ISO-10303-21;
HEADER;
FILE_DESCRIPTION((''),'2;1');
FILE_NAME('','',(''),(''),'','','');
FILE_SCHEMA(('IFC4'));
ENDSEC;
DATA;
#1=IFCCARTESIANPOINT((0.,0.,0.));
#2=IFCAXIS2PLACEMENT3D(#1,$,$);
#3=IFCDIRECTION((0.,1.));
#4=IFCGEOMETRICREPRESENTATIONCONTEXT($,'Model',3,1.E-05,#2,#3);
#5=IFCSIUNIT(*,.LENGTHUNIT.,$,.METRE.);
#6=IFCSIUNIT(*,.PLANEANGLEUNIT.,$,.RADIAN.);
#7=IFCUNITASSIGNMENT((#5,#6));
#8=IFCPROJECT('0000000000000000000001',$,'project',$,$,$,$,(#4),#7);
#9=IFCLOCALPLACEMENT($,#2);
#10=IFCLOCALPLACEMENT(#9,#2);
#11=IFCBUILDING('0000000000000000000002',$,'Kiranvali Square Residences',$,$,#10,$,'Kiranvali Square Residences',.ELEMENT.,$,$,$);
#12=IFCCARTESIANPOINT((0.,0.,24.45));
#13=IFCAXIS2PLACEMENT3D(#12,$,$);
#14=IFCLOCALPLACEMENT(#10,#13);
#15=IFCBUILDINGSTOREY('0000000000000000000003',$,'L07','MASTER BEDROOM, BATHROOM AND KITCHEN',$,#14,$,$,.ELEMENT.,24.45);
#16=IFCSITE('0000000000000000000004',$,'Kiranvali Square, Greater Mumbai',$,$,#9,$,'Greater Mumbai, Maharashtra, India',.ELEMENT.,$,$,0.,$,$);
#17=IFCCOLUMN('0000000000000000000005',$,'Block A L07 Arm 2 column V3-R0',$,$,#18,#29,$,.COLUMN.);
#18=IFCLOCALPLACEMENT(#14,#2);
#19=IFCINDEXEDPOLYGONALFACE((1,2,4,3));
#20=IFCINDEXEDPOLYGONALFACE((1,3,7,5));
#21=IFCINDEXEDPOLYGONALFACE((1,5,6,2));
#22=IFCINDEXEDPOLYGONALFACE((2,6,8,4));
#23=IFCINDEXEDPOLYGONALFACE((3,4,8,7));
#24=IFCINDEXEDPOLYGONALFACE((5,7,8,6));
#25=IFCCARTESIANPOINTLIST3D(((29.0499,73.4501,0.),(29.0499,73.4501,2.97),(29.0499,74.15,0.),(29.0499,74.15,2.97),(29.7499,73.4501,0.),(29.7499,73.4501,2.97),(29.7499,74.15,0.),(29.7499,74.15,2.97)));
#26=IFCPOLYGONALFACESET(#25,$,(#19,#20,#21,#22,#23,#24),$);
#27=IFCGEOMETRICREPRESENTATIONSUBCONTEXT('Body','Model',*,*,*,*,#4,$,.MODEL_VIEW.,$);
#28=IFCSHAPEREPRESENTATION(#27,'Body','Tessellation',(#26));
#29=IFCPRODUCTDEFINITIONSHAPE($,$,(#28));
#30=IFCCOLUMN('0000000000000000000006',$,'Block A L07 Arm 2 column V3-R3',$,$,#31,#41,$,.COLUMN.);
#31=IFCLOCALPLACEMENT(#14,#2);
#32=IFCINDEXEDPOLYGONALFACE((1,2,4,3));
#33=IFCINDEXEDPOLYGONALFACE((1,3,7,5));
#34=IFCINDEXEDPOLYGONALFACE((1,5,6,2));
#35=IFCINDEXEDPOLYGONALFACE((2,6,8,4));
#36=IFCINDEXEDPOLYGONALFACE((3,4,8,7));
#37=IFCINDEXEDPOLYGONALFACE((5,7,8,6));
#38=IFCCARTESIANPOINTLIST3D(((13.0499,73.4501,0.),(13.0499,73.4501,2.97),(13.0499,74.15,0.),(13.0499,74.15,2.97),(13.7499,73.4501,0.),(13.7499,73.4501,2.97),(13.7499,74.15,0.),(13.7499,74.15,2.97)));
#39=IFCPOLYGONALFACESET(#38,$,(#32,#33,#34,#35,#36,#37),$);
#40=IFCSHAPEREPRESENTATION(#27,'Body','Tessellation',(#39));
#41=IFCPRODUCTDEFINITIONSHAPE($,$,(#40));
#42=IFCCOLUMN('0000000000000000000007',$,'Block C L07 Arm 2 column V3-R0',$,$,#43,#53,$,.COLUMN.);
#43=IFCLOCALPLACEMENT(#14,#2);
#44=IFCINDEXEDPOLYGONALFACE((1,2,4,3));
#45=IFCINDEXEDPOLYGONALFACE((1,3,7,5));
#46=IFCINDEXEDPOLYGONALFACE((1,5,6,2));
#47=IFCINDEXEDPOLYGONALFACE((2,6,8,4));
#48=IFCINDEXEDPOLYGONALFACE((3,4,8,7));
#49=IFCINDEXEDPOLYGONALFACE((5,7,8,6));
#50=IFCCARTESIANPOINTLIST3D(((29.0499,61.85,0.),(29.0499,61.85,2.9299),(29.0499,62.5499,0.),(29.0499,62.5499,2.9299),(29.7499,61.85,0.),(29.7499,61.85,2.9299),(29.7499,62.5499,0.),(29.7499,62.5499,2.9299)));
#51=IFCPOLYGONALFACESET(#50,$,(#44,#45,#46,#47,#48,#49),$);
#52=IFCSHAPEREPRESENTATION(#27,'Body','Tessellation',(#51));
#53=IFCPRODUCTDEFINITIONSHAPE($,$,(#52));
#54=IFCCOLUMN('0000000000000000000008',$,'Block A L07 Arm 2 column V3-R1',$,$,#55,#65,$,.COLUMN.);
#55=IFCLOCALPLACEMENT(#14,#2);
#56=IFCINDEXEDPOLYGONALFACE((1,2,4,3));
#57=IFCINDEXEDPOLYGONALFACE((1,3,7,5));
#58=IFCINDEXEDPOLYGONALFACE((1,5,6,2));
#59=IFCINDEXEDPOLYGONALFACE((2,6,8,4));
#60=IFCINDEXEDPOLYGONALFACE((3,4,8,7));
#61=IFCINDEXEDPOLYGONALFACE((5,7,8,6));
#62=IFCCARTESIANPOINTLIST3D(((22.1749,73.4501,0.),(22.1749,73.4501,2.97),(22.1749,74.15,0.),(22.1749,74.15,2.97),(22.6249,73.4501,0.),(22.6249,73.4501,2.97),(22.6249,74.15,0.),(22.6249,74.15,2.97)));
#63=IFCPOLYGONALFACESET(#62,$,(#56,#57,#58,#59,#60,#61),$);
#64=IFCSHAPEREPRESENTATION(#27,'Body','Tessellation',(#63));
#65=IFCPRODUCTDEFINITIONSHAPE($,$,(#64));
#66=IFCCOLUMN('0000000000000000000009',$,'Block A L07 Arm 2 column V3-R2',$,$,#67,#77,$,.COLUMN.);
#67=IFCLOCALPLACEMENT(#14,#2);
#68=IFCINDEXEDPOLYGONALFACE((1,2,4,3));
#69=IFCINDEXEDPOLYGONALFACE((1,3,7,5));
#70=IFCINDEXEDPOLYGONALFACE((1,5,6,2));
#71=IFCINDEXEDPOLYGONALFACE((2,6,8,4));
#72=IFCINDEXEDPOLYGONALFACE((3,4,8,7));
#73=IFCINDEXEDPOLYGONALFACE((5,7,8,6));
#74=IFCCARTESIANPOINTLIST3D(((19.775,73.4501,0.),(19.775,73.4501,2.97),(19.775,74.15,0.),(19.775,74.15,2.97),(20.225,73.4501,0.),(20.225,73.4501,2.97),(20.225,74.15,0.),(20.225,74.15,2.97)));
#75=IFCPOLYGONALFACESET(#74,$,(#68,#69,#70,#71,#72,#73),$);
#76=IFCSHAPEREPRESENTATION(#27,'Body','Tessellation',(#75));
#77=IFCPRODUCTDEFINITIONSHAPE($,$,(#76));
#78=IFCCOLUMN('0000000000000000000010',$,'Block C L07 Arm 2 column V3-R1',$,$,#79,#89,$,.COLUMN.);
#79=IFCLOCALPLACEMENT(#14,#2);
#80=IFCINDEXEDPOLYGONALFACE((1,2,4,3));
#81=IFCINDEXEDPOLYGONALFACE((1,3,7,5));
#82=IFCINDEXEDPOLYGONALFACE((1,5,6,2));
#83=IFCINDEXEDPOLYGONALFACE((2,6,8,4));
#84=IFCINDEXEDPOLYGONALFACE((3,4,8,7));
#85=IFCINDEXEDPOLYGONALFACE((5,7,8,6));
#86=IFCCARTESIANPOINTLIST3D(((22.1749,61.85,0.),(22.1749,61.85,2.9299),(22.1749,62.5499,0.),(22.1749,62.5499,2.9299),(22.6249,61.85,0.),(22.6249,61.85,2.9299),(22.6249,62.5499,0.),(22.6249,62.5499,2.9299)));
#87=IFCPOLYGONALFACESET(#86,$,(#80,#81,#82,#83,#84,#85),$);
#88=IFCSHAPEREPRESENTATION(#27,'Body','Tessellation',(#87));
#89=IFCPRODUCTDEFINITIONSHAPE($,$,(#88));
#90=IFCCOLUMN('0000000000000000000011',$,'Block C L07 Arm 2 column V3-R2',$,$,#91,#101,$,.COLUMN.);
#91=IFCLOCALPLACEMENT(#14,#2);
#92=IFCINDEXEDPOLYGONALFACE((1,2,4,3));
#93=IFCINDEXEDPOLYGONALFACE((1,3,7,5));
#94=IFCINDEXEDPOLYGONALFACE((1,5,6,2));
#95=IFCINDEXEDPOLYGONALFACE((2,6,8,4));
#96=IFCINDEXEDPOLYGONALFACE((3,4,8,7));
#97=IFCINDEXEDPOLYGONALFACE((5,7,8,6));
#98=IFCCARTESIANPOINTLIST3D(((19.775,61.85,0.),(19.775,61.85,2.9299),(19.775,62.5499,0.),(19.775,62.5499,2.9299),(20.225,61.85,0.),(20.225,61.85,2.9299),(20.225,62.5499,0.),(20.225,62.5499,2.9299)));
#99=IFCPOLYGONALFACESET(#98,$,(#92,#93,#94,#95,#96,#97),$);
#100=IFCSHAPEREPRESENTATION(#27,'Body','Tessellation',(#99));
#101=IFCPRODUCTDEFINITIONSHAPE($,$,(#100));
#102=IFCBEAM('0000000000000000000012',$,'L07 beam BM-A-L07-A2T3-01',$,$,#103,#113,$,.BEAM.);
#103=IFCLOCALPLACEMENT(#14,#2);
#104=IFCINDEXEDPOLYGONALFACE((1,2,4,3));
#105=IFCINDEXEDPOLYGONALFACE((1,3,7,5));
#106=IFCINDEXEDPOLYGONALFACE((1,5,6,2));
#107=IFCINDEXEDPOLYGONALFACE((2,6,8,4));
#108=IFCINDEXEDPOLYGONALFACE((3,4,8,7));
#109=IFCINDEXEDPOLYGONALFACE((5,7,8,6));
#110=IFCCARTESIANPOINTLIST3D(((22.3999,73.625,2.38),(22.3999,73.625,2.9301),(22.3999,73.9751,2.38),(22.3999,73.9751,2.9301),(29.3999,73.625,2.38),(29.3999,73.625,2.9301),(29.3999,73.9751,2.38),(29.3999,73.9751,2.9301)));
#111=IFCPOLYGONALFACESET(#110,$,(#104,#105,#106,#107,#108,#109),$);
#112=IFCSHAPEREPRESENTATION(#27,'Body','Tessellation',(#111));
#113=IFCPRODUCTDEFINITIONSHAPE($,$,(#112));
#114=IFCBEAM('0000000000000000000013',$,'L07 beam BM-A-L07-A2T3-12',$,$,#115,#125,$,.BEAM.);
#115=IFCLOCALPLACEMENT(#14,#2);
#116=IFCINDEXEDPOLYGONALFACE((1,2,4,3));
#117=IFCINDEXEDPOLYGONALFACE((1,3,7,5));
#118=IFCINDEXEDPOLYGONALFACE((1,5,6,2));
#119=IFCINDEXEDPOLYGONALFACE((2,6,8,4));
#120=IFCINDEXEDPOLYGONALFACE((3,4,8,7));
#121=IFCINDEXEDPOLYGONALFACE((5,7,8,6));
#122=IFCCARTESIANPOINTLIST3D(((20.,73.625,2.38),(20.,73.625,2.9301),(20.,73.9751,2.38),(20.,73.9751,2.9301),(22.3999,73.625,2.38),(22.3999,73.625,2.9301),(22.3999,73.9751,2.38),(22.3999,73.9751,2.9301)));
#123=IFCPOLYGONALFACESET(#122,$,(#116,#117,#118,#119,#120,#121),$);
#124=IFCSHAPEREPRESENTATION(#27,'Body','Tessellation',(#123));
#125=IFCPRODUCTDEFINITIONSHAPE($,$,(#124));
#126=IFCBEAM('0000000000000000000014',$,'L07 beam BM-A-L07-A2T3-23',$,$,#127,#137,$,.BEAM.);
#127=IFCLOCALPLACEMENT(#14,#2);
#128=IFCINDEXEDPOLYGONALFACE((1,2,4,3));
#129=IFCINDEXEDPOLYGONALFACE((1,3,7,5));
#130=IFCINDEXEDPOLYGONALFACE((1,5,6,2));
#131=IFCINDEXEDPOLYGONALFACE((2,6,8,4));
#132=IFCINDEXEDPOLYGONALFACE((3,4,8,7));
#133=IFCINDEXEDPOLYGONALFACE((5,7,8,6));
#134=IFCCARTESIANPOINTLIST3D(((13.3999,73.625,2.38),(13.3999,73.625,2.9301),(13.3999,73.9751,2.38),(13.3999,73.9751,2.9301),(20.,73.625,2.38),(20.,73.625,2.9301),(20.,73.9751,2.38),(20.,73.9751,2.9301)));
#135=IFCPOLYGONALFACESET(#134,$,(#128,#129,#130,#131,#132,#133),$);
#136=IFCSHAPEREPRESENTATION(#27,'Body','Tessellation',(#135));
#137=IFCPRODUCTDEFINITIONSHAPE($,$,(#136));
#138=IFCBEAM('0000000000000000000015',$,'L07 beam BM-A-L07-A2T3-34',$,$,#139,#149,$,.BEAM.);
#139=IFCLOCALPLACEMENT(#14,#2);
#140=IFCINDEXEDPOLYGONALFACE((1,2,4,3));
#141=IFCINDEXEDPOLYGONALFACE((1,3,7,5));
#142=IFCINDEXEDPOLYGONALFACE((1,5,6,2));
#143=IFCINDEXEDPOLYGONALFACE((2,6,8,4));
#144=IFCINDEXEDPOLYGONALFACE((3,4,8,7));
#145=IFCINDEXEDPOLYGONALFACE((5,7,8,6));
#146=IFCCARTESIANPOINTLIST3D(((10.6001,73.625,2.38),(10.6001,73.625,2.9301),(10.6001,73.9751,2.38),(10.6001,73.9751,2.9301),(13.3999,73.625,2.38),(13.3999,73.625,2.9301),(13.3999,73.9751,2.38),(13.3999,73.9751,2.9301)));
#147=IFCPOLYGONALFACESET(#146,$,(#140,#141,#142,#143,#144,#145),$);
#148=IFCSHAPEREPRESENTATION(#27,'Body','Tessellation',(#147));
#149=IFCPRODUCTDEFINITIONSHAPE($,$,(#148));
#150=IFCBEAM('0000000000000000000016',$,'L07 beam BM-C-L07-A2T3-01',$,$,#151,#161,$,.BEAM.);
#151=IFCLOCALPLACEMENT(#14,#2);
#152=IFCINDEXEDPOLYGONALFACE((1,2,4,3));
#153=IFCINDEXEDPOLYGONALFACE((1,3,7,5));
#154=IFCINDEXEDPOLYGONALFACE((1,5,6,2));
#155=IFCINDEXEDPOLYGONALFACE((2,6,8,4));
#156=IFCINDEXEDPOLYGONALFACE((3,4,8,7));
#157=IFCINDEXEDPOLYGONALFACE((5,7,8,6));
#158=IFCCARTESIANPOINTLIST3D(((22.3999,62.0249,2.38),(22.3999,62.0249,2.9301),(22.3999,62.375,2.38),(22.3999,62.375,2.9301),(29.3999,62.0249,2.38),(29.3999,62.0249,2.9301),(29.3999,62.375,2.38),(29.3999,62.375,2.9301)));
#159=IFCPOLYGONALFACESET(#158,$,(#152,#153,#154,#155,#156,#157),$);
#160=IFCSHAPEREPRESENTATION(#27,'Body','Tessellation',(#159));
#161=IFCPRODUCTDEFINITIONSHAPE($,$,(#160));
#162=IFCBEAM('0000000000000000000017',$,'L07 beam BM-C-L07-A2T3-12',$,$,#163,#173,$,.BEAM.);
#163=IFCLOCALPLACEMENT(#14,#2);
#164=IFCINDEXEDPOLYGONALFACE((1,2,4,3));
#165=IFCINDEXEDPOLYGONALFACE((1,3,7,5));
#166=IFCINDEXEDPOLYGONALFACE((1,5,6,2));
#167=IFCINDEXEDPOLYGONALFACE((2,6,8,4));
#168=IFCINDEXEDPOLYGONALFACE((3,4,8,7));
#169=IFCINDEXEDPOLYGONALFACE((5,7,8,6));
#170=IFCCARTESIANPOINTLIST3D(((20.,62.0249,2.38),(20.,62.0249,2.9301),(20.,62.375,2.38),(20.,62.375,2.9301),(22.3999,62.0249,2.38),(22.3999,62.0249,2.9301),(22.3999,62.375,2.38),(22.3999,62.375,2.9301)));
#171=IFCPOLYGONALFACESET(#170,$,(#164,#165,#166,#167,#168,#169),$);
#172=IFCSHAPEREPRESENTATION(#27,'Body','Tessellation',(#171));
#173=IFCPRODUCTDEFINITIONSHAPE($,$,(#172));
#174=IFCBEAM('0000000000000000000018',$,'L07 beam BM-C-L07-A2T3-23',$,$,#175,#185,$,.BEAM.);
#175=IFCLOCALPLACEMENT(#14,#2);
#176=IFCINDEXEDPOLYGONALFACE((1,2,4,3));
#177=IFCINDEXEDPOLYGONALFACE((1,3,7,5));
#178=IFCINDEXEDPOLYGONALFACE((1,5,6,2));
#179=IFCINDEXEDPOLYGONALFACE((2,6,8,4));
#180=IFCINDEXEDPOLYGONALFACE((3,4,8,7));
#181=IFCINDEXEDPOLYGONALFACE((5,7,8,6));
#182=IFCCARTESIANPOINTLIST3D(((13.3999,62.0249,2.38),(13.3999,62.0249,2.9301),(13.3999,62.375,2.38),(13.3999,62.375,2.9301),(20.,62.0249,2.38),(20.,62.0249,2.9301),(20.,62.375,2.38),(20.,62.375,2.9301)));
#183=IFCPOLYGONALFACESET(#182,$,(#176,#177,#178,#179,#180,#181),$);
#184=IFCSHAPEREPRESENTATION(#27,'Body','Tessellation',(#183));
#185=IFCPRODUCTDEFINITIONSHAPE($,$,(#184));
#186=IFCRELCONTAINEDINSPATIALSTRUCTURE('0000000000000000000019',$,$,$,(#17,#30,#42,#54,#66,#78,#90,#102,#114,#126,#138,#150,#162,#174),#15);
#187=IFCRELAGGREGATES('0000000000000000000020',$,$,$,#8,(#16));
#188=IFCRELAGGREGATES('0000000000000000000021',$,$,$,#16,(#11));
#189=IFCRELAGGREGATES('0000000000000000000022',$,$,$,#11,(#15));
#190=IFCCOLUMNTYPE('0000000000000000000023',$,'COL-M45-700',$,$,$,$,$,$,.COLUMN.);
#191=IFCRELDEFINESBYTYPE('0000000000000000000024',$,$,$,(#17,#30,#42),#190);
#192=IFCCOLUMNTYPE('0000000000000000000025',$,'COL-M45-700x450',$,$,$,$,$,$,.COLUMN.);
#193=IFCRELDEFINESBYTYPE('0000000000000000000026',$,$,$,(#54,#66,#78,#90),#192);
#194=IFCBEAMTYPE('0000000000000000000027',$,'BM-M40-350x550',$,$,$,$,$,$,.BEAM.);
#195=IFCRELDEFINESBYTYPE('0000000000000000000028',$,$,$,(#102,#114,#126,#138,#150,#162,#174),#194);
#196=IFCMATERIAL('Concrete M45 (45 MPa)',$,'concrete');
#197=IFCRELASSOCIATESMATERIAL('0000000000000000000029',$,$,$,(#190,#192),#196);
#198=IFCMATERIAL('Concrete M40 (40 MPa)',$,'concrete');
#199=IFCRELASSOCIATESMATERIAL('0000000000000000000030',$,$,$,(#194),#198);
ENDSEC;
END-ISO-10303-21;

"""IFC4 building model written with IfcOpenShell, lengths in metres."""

from ifc_helpers import new_model, si_unit, direction, frame, origin, origin_2d, place, context, subcontext, project, spatial, rectangle, extrude, material, material_profile, profile_set, type_object, element, save


model = new_model("IFC4")

# Units and contexts
model_context = context("Model", 3, precision=1e-05, world=origin(), true_north=direction((0.0, 1.0)))
body_context = subcontext(model_context, "Body", "Model", "MODEL_VIEW")
ifc_project = project(units=[si_unit("LENGTHUNIT", "METRE"), si_unit("PLANEANGLEUNIT", "RADIAN")], contexts=[model_context])

# Site, building, storey
site_placement = place(None, origin())
site = spatial("IfcSite", under=ifc_project, at=site_placement, Name="Kiranvali Square, Greater Mumbai", LongName="Greater Mumbai, Maharashtra, India", CompositionType="ELEMENT", RefElevation=0.0)
building_placement = place(site_placement, origin())
building = spatial("IfcBuilding", under=site, at=building_placement, Name="Kiranvali Square Residences", LongName="Kiranvali Square Residences", CompositionType="ELEMENT")
storey_placement = place(building_placement, frame((0.0, 0.0, 24.45)))
storey = spatial("IfcBuildingStorey", under=building, at=storey_placement, Name="L07", Description="MASTER BEDROOM, BATHROOM AND KITCHEN", CompositionType="ELEMENT", Elevation=24.45)

# Columns
ifc_material_1 = material(Name="Concrete M45 (45 MPa)", Category="concrete")
ifc_material_profile_1 = material_profile(ifc_material_1, rectangle(XDim=0.7, YDim=0.7, at=origin_2d()), Name="RC 700x700")
ifc_profile_set_1 = profile_set([ifc_material_profile_1], Name="Concrete M45 (45 MPa)")
column_type_1 = type_object("IfcColumnType", Name="COL-M45-700", PredefinedType="COLUMN", material=ifc_profile_set_1)
for number, where, z_axis, x_axis, name in (
    (1, (29.3999, 73.8, 0.0), (0.0, 0.0, 1.0), (1.0, 0.0, 0.0), "Block A L07 Arm 2 column V3-R0"),
    (2, (13.3999, 73.8, 0.0), (0.0, 0.0, 1.0), (1.0, 0.0, 0.0), "Block A L07 Arm 2 column V3-R3"),
):
    element("IfcColumn", number, at=place(storey_placement, frame(where, z_axis=z_axis, x_axis=x_axis)), inside=storey, type_object=column_type_1, Name=name, PredefinedType="COLUMN", context=body_context, shape_type="SweptSolid", body=[
        extrude(rectangle(XDim=0.7, YDim=0.7, at=origin_2d()), origin(), (0.0, 0.0, 1.0), 2.97),
    ])
column_placement = place(storey_placement, frame((29.3999, 62.2, 0.0), z_axis=(0.0, 0.0, 1.0), x_axis=(1.0, 0.0, 0.0)))
element("IfcColumn", 3, at=column_placement, inside=storey, type_object=column_type_1, Name="Block C L07 Arm 2 column V3-R0", PredefinedType="COLUMN", context=body_context, shape_type="SweptSolid", body=[
    extrude(rectangle(XDim=0.7, YDim=0.7, at=origin_2d()), origin(), (0.0, 0.0, 1.0), 2.9299),
])
ifc_material_profile_2 = material_profile(ifc_material_1, rectangle(XDim=0.45, YDim=0.7, at=origin_2d()), Name="RC 700x450")
ifc_profile_set_2 = profile_set([ifc_material_profile_2], Name="Concrete M45 (45 MPa)")
column_type_2 = type_object("IfcColumnType", Name="COL-M45-700x450", PredefinedType="COLUMN", material=ifc_profile_set_2)
for number, where, z_axis, x_axis, name in (
    (4, (22.3999, 73.8, 0.0), (0.0, 0.0, 1.0), (1.0, 0.0, 0.0), "Block A L07 Arm 2 column V3-R1"),
    (5, (20.0, 73.8, 0.0), (0.0, 0.0, 1.0), (1.0, 0.0, 0.0), "Block A L07 Arm 2 column V3-R2"),
):
    element("IfcColumn", number, at=place(storey_placement, frame(where, z_axis=z_axis, x_axis=x_axis)), inside=storey, type_object=column_type_2, Name=name, PredefinedType="COLUMN", context=body_context, shape_type="SweptSolid", body=[
        extrude(rectangle(XDim=0.45, YDim=0.7, at=origin_2d()), origin(), (0.0, 0.0, 1.0), 2.97),
    ])
for number, where, z_axis, x_axis, name in (
    (6, (22.3999, 62.2, 0.0), (0.0, 0.0, 1.0), (1.0, 0.0, 0.0), "Block C L07 Arm 2 column V3-R1"),
    (7, (20.0, 62.2, 0.0), (0.0, 0.0, 1.0), (1.0, 0.0, 0.0), "Block C L07 Arm 2 column V3-R2"),
):
    element("IfcColumn", number, at=place(storey_placement, frame(where, z_axis=z_axis, x_axis=x_axis)), inside=storey, type_object=column_type_2, Name=name, PredefinedType="COLUMN", context=body_context, shape_type="SweptSolid", body=[
        extrude(rectangle(XDim=0.45, YDim=0.7, at=origin_2d()), origin(), (0.0, 0.0, 1.0), 2.9299),
    ])

# Beams
ifc_material_2 = material(Name="Concrete M40 (40 MPa)", Category="concrete")
ifc_material_profile_3 = material_profile(ifc_material_2, rectangle(XDim=0.3501, YDim=0.55, at=origin_2d()), Name="RC 350x550")
ifc_profile_set_3 = profile_set([ifc_material_profile_3], Name="Concrete M40 (40 MPa)")
beam_type = type_object("IfcBeamType", Name="BM-M40-350x550", PredefinedType="BEAM", material=ifc_profile_set_3)
beam_1_placement = place(storey_placement, frame((29.3999, 73.8, 2.655), z_axis=(-1.0, 0.0, 0.0), x_axis=(0.0, -1.0, 0.0)))
element("IfcBeam", 8, at=beam_1_placement, inside=storey, type_object=beam_type, Name="L07 beam BM-A-L07-A2T3-01", PredefinedType="BEAM", context=body_context, shape_type="SweptSolid", body=[
    extrude(rectangle(XDim=0.3501, YDim=0.55, at=origin_2d()), origin(), (0.0, 0.0, 1.0), 7.0),
])
beam_2_placement = place(storey_placement, frame((22.3999, 73.8, 2.655), z_axis=(-1.0, 0.0, 0.0), x_axis=(0.0, -1.0, 0.0)))
element("IfcBeam", 9, at=beam_2_placement, inside=storey, type_object=beam_type, Name="L07 beam BM-A-L07-A2T3-12", PredefinedType="BEAM", context=body_context, shape_type="SweptSolid", body=[
    extrude(rectangle(XDim=0.3501, YDim=0.55, at=origin_2d()), origin(), (0.0, 0.0, 1.0), 2.3999),
])
beam_3_placement = place(storey_placement, frame((20.0, 73.8, 2.655), z_axis=(-1.0, 0.0, 0.0), x_axis=(0.0, -1.0, 0.0)))
element("IfcBeam", 10, at=beam_3_placement, inside=storey, type_object=beam_type, Name="L07 beam BM-A-L07-A2T3-23", PredefinedType="BEAM", context=body_context, shape_type="SweptSolid", body=[
    extrude(rectangle(XDim=0.3501, YDim=0.55, at=origin_2d()), origin(), (0.0, 0.0, 1.0), 6.6001),
])
beam_4_placement = place(storey_placement, frame((13.3999, 73.8, 2.655), z_axis=(-1.0, 0.0, 0.0), x_axis=(0.0, -1.0, 0.0)))
element("IfcBeam", 11, at=beam_4_placement, inside=storey, type_object=beam_type, Name="L07 beam BM-A-L07-A2T3-34", PredefinedType="BEAM", context=body_context, shape_type="SweptSolid", body=[
    extrude(rectangle(XDim=0.3501, YDim=0.55, at=origin_2d()), origin(), (0.0, 0.0, 1.0), 2.7998),
])
beam_5_placement = place(storey_placement, frame((29.3999, 62.2, 2.655), z_axis=(-1.0, 0.0, 0.0), x_axis=(0.0, -1.0, 0.0)))
element("IfcBeam", 12, at=beam_5_placement, inside=storey, type_object=beam_type, Name="L07 beam BM-C-L07-A2T3-01", PredefinedType="BEAM", context=body_context, shape_type="SweptSolid", body=[
    extrude(rectangle(XDim=0.3501, YDim=0.55, at=origin_2d()), origin(), (0.0, 0.0, 1.0), 7.0),
])
beam_6_placement = place(storey_placement, frame((22.3999, 62.2, 2.655), z_axis=(-1.0, 0.0, 0.0), x_axis=(0.0, -1.0, 0.0)))
element("IfcBeam", 13, at=beam_6_placement, inside=storey, type_object=beam_type, Name="L07 beam BM-C-L07-A2T3-12", PredefinedType="BEAM", context=body_context, shape_type="SweptSolid", body=[
    extrude(rectangle(XDim=0.3501, YDim=0.55, at=origin_2d()), origin(), (0.0, 0.0, 1.0), 2.3999),
])
beam_7_placement = place(storey_placement, frame((20.0, 62.2, 2.655), z_axis=(-1.0, 0.0, 0.0), x_axis=(0.0, -1.0, 0.0)))
element("IfcBeam", 14, at=beam_7_placement, inside=storey, type_object=beam_type, Name="L07 beam BM-C-L07-A2T3-23", PredefinedType="BEAM", context=body_context, shape_type="SweptSolid", body=[
    extrude(rectangle(XDim=0.3501, YDim=0.55, at=origin_2d()), origin(), (0.0, 0.0, 1.0), 6.6001),
])

save(model, "model.ifc")
